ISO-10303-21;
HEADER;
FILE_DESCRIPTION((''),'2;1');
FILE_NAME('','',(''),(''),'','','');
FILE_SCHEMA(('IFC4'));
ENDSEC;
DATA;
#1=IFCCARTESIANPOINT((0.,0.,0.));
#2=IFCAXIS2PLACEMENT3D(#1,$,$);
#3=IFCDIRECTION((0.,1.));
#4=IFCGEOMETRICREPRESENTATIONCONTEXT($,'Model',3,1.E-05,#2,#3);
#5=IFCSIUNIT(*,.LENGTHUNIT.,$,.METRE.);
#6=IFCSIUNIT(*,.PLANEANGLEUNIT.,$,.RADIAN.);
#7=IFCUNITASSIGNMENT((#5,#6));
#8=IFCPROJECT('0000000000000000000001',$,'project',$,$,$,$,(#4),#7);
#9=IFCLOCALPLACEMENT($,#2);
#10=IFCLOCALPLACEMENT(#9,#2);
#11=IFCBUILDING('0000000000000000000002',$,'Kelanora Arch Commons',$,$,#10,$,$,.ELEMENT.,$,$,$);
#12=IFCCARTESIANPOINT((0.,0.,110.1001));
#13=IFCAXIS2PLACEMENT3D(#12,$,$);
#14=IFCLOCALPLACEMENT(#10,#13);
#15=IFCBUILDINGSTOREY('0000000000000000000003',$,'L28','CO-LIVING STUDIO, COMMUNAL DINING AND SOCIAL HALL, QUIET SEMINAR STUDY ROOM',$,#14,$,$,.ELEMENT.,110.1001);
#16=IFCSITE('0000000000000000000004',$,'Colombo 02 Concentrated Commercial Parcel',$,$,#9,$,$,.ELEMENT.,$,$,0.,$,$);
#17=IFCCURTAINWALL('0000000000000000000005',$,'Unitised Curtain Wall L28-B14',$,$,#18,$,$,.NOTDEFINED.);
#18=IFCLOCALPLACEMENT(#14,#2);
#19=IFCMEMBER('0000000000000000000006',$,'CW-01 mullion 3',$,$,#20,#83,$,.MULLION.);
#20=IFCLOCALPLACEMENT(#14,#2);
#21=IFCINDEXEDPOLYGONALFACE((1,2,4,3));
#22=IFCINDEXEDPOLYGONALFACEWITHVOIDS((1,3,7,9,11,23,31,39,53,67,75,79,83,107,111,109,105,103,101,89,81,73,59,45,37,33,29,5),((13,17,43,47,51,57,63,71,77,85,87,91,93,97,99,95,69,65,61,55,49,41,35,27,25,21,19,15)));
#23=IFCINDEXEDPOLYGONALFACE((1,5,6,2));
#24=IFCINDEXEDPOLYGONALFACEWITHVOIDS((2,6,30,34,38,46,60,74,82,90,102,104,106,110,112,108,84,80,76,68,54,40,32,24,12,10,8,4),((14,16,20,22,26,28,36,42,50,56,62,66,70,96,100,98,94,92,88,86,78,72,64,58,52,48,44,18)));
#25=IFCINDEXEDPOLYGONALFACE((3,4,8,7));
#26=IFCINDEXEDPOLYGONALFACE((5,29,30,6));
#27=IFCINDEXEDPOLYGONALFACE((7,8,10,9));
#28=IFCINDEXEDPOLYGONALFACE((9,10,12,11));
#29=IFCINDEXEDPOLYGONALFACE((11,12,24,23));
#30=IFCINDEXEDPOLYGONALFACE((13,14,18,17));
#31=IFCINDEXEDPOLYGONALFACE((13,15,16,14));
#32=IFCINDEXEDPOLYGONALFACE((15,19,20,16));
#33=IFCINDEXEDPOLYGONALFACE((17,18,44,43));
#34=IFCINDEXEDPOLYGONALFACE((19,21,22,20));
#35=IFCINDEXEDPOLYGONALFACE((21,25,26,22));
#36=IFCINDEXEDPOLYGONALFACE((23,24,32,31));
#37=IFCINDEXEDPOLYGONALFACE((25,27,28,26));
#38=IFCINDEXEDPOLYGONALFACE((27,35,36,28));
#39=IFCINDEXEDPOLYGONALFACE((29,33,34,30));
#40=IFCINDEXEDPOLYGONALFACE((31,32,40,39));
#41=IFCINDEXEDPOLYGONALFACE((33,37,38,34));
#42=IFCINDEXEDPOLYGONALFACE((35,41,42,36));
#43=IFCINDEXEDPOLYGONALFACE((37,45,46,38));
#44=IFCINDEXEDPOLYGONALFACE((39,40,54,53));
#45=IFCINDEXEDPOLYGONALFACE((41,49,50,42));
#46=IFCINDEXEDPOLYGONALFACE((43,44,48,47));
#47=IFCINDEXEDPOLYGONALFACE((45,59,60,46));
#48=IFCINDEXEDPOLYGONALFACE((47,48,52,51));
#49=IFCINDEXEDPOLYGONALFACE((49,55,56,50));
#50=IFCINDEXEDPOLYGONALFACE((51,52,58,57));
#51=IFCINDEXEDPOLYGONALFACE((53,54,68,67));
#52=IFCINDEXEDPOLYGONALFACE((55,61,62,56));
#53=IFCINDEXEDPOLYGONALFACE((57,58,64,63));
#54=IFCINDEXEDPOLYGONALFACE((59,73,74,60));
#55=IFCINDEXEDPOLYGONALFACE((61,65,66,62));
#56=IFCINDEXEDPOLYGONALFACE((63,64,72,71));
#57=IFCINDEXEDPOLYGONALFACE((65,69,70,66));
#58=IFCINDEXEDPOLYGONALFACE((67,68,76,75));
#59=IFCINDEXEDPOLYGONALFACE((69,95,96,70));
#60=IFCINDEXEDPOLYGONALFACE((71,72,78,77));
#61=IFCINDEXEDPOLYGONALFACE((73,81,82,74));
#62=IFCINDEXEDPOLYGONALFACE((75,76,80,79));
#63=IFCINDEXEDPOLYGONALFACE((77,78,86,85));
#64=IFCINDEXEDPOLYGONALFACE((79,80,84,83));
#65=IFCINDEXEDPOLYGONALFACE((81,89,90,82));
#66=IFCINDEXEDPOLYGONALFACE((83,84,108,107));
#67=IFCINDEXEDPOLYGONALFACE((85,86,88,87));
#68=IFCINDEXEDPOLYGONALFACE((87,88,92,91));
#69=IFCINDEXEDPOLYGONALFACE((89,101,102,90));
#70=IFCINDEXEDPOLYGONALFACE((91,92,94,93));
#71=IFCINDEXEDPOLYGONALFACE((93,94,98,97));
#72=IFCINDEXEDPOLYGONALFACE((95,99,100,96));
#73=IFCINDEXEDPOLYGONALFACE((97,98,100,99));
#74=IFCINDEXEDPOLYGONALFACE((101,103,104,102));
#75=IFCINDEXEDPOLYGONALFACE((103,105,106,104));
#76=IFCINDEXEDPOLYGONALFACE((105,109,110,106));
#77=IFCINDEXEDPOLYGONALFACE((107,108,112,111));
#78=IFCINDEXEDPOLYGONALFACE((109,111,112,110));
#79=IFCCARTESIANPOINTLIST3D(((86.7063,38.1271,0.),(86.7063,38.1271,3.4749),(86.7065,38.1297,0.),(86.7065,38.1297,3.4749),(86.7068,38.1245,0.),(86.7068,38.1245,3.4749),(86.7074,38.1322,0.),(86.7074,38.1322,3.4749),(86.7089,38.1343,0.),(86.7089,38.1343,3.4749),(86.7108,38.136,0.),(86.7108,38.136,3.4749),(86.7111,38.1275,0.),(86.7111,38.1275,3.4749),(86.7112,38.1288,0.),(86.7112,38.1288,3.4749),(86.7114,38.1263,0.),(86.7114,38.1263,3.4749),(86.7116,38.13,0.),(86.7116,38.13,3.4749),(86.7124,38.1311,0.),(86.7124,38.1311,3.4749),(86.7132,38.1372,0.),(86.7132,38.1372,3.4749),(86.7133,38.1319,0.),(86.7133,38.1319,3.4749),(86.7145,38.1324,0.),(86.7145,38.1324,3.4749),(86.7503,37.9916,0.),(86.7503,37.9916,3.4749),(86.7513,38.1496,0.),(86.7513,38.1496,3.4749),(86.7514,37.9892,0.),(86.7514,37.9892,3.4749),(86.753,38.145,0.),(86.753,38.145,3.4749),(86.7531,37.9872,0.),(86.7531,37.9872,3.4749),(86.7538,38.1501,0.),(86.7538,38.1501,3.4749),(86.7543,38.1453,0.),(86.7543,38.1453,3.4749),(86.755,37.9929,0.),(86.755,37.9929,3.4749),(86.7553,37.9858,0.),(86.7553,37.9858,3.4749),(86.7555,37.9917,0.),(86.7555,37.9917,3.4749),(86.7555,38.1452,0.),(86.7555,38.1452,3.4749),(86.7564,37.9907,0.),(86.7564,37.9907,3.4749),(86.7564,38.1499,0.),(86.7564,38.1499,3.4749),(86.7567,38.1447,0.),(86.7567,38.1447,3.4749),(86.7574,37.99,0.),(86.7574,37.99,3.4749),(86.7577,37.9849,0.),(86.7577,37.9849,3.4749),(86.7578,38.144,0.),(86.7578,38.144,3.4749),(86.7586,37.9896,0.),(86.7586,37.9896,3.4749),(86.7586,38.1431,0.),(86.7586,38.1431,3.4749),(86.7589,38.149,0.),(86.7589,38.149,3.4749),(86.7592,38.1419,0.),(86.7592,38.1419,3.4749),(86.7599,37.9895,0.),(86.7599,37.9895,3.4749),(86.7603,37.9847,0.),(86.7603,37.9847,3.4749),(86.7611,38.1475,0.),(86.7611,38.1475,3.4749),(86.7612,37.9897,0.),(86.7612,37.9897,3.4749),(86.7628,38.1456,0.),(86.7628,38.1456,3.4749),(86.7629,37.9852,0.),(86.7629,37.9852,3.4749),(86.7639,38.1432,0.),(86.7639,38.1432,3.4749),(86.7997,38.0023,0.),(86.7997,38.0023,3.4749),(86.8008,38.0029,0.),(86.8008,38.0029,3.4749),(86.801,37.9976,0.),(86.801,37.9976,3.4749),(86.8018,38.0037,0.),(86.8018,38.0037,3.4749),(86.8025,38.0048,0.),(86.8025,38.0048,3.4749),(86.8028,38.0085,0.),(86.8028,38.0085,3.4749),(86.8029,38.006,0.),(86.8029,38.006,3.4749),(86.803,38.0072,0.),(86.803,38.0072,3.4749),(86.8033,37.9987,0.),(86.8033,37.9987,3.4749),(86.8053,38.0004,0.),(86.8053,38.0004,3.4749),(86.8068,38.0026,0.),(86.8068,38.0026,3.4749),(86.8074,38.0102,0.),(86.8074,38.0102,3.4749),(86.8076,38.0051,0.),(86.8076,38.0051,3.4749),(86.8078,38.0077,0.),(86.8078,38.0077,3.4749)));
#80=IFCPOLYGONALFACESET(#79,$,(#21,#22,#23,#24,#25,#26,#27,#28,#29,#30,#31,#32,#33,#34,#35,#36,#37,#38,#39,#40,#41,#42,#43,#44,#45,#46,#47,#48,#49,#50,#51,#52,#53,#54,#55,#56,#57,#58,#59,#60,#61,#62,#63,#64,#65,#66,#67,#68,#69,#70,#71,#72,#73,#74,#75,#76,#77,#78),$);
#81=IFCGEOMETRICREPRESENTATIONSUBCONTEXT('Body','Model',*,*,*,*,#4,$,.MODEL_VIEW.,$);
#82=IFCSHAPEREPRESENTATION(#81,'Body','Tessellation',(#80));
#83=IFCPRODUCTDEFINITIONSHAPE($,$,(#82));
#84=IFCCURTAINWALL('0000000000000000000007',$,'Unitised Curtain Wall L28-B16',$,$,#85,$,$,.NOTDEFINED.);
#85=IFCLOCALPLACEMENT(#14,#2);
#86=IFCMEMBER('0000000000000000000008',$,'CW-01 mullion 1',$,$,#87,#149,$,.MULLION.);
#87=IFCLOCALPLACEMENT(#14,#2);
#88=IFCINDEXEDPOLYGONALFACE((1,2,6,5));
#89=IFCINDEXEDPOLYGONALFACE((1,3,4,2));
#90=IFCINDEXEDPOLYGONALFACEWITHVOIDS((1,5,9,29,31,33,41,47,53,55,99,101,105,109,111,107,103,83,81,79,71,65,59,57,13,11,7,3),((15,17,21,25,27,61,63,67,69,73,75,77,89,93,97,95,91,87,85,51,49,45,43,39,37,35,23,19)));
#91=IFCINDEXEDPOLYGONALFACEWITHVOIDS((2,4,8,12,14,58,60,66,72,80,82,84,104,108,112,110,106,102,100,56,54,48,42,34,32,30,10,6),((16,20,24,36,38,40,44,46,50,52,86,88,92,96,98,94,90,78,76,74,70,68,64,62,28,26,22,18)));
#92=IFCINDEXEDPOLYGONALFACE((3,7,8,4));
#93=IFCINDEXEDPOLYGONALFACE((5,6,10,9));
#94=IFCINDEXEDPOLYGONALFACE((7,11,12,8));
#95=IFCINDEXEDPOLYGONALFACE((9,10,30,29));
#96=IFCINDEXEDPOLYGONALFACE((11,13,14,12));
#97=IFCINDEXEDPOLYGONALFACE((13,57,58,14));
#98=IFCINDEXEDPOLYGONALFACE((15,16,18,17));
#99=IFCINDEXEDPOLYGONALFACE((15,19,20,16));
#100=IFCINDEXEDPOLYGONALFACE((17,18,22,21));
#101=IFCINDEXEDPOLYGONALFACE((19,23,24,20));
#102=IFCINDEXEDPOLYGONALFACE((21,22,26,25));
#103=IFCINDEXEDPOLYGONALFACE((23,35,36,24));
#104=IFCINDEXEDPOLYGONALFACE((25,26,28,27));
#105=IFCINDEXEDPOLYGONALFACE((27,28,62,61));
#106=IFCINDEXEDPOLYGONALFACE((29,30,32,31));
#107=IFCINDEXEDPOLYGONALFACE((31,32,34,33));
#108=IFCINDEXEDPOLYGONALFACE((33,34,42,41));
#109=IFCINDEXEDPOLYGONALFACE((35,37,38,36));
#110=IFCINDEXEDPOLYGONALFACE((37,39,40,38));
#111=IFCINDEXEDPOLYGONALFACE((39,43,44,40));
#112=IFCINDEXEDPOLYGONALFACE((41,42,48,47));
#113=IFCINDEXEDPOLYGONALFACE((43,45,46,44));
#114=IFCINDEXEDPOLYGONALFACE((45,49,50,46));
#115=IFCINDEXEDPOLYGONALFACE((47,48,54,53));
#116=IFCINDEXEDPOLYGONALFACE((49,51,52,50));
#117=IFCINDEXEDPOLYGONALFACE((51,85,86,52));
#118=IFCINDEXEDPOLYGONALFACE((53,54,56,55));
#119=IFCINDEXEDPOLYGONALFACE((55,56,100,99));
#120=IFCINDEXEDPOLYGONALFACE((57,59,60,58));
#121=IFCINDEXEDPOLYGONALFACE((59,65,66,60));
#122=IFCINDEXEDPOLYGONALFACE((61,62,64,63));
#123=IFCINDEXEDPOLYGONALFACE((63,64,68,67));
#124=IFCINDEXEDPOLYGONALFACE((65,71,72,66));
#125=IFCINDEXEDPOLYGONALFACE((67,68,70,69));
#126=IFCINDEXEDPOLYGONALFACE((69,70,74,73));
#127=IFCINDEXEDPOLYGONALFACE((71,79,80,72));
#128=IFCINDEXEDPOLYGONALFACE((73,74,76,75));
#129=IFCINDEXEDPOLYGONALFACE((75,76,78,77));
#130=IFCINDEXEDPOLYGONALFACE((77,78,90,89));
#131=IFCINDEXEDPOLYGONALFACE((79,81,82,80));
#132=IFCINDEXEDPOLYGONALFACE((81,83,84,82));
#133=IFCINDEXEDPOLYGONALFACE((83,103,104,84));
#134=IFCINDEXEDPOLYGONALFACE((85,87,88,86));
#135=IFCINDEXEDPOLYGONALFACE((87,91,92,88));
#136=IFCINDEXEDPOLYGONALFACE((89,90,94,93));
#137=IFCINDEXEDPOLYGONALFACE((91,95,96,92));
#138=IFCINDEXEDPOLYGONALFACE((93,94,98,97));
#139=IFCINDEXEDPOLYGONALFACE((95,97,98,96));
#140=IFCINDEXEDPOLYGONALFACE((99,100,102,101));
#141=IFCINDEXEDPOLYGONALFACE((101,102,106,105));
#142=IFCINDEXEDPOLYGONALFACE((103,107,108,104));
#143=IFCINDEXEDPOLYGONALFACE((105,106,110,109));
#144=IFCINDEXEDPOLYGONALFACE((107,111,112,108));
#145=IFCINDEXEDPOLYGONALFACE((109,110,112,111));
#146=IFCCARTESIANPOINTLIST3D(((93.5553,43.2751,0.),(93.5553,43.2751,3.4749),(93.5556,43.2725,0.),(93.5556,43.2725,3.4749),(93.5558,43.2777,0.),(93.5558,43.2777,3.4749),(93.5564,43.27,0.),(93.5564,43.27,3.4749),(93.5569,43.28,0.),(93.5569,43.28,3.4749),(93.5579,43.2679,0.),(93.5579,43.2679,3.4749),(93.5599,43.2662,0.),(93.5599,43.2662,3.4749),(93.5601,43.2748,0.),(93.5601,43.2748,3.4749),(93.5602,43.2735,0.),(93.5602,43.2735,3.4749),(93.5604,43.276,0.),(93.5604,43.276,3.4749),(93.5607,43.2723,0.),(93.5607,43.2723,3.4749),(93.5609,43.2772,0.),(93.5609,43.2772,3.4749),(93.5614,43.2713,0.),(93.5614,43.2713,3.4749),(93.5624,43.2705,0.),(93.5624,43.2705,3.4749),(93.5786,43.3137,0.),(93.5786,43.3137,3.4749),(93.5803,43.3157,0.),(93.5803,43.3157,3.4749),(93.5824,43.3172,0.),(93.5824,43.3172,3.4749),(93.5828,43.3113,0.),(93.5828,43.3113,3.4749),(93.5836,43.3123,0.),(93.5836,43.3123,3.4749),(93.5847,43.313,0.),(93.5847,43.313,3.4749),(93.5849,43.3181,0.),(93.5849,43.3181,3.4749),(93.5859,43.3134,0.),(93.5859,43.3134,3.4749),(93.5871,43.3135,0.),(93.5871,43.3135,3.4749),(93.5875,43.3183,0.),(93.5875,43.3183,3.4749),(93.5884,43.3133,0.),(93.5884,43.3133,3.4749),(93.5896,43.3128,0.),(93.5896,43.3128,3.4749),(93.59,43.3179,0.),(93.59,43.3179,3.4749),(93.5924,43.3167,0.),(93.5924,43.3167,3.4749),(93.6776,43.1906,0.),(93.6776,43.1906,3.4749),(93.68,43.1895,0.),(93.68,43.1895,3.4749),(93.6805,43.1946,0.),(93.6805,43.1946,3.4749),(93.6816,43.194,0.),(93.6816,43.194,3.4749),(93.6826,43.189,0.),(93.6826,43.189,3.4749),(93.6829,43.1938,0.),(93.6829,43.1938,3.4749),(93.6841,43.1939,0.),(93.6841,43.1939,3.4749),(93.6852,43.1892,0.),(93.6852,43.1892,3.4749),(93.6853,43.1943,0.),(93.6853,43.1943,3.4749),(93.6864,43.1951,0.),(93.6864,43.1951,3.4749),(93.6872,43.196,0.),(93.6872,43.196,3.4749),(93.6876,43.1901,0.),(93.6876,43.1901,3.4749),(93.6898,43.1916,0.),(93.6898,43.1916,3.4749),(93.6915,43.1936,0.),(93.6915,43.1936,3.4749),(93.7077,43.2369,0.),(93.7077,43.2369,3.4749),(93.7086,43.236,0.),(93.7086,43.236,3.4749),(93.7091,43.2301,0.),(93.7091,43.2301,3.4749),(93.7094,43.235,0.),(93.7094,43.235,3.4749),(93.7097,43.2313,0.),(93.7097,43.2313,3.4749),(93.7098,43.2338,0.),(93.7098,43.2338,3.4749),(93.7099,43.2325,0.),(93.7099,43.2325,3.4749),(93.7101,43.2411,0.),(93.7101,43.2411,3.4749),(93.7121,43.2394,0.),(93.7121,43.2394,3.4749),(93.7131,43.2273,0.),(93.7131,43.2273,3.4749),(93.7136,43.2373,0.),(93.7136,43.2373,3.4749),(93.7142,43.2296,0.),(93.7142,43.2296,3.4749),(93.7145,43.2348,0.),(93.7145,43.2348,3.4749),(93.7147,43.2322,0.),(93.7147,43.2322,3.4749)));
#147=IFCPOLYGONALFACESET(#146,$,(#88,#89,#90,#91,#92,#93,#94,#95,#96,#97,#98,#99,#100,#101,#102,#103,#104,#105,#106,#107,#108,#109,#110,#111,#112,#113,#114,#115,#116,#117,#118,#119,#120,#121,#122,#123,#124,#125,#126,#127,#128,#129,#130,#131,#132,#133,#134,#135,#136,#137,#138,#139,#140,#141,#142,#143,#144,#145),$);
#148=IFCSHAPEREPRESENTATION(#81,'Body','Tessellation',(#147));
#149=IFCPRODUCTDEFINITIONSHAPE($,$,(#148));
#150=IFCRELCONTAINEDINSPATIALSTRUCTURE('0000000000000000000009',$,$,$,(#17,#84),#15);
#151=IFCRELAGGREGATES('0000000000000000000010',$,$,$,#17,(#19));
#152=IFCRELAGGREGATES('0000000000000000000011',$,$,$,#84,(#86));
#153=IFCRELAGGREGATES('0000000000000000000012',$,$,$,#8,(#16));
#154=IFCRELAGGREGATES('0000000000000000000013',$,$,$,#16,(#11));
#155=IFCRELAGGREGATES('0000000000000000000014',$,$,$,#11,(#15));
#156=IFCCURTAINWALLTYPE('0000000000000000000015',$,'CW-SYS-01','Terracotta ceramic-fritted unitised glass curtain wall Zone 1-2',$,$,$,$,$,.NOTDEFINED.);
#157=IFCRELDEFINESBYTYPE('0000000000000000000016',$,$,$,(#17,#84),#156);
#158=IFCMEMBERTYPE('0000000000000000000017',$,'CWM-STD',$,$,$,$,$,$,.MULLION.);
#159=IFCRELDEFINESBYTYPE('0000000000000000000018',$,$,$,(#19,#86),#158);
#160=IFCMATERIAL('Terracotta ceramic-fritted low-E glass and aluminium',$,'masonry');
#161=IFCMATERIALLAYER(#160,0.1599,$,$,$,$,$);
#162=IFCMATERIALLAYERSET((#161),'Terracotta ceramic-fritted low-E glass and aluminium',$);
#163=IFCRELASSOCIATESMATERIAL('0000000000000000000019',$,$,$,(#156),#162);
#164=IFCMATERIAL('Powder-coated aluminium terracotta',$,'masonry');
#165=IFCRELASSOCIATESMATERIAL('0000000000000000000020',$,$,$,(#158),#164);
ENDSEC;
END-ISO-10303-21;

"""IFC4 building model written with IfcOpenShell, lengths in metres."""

from ifc_helpers import new_model, si_unit, direction, frame, origin, origin_2d, place, context, subcontext, project, spatial, hollow_rectangle, extrude, material, layer, layer_set, material_profile, profile_set, type_object, element, aggregate, save


model = new_model("IFC4")

# Units and contexts
model_context = context("Model", 3, precision=1e-05, world=origin(), true_north=direction((0.0, 1.0)))
body_context = subcontext(model_context, "Body", "Model", "MODEL_VIEW")
ifc_project = project(units=[si_unit("LENGTHUNIT", "METRE"), si_unit("PLANEANGLEUNIT", "RADIAN")], contexts=[model_context])

# Site, building, storey
site_placement = place(None, origin())
site = spatial("IfcSite", under=ifc_project, at=site_placement, Name="Colombo 02 Concentrated Commercial Parcel", CompositionType="ELEMENT", RefElevation=0.0)
building_placement = place(site_placement, origin())
building = spatial("IfcBuilding", under=site, at=building_placement, Name="Kelanora Arch Commons", CompositionType="ELEMENT")
storey_placement = place(building_placement, frame((0.0, 0.0, 110.1001)))
storey = spatial("IfcBuildingStorey", under=building, at=storey_placement, Name="L28", Description="CO-LIVING STUDIO, COMMUNAL DINING AND SOCIAL HALL, QUIET SEMINAR STUDY ROOM", CompositionType="ELEMENT", Elevation=110.1001)

# Curtain wall, member
ifc_material_1 = material(Name="Terracotta ceramic-fritted low-E glass and aluminium", Category="masonry")
ifc_layer_1 = layer(ifc_material_1, 0.1599)
ifc_layer_set_1 = layer_set([ifc_layer_1], Name="Terracotta ceramic-fritted low-E glass and aluminium")
curtain_wall_type = type_object("IfcCurtainWallType", Name="CW-SYS-01", Description="Terracotta ceramic-fritted unitised glass curtain wall Zone 1-2", PredefinedType="NOTDEFINED", material=ifc_layer_set_1)
curtain_wall_1_placement = place(storey_placement, origin())
curtain_wall_1 = element("IfcCurtainWall", 1, at=curtain_wall_1_placement, inside=storey, type_object=curtain_wall_type, Name="Unitised Curtain Wall L28-B14", PredefinedType="NOTDEFINED")
ifc_material_2 = material(Name="Powder-coated aluminium terracotta", Category="masonry")
ifc_material_profile_1 = material_profile(ifc_material_2, hollow_rectangle(XDim=0.1599, YDim=0.0601, WallThickness=0.0049, InnerFilletRadius=0.0049, OuterFilletRadius=0.01, at=origin_2d()), Name="CWM160x60")
ifc_profile_set_1 = profile_set([ifc_material_profile_1], Name="Powder-coated aluminium terracotta")
member_type_1 = type_object("IfcMemberType", Name="CWM-STD", PredefinedType="MULLION", material=ifc_profile_set_1)
member_1_placement = place(storey_placement, frame((86.7571, 38.0674, 0.0), z_axis=(0.0, 0.0, 1.0), x_axis=(-0.310805, 0.950474, 0.0)))
member_1 = element("IfcMember", 2, at=member_1_placement, type_object=member_type_1, Name="CW-01 mullion 3", PredefinedType="MULLION", context=body_context, shape_type="SweptSolid", body=[
    extrude(hollow_rectangle(XDim=0.1599, YDim=0.0601, WallThickness=0.0049, InnerFilletRadius=0.0049, OuterFilletRadius=0.01, at=origin_2d()), origin(), (0.0, 0.0, 1.0), 3.4749),
])
aggregate(curtain_wall_1, [member_1])

# Curtain wall, member
curtain_wall_2_placement = place(storey_placement, origin())
curtain_wall_2 = element("IfcCurtainWall", 3, at=curtain_wall_2_placement, inside=storey, type_object=curtain_wall_type, Name="Unitised Curtain Wall L28-B16", PredefinedType="NOTDEFINED")
member_2_placement = place(storey_placement, frame((93.635, 43.2537, 0.0), z_axis=(0.0, 0.0, 1.0), x_axis=(-0.841269, 0.540617, 0.0)))
member_2 = element("IfcMember", 4, at=member_2_placement, type_object=member_type_1, Name="CW-01 mullion 1", PredefinedType="MULLION", context=body_context, shape_type="SweptSolid", body=[
    extrude(hollow_rectangle(XDim=0.1599, YDim=0.0601, WallThickness=0.0049, InnerFilletRadius=0.0049, OuterFilletRadius=0.01, at=origin_2d()), origin(), (0.0, 0.0, 1.0), 3.4749),
])
aggregate(curtain_wall_2, [member_2])

save(model, "model.ifc")
